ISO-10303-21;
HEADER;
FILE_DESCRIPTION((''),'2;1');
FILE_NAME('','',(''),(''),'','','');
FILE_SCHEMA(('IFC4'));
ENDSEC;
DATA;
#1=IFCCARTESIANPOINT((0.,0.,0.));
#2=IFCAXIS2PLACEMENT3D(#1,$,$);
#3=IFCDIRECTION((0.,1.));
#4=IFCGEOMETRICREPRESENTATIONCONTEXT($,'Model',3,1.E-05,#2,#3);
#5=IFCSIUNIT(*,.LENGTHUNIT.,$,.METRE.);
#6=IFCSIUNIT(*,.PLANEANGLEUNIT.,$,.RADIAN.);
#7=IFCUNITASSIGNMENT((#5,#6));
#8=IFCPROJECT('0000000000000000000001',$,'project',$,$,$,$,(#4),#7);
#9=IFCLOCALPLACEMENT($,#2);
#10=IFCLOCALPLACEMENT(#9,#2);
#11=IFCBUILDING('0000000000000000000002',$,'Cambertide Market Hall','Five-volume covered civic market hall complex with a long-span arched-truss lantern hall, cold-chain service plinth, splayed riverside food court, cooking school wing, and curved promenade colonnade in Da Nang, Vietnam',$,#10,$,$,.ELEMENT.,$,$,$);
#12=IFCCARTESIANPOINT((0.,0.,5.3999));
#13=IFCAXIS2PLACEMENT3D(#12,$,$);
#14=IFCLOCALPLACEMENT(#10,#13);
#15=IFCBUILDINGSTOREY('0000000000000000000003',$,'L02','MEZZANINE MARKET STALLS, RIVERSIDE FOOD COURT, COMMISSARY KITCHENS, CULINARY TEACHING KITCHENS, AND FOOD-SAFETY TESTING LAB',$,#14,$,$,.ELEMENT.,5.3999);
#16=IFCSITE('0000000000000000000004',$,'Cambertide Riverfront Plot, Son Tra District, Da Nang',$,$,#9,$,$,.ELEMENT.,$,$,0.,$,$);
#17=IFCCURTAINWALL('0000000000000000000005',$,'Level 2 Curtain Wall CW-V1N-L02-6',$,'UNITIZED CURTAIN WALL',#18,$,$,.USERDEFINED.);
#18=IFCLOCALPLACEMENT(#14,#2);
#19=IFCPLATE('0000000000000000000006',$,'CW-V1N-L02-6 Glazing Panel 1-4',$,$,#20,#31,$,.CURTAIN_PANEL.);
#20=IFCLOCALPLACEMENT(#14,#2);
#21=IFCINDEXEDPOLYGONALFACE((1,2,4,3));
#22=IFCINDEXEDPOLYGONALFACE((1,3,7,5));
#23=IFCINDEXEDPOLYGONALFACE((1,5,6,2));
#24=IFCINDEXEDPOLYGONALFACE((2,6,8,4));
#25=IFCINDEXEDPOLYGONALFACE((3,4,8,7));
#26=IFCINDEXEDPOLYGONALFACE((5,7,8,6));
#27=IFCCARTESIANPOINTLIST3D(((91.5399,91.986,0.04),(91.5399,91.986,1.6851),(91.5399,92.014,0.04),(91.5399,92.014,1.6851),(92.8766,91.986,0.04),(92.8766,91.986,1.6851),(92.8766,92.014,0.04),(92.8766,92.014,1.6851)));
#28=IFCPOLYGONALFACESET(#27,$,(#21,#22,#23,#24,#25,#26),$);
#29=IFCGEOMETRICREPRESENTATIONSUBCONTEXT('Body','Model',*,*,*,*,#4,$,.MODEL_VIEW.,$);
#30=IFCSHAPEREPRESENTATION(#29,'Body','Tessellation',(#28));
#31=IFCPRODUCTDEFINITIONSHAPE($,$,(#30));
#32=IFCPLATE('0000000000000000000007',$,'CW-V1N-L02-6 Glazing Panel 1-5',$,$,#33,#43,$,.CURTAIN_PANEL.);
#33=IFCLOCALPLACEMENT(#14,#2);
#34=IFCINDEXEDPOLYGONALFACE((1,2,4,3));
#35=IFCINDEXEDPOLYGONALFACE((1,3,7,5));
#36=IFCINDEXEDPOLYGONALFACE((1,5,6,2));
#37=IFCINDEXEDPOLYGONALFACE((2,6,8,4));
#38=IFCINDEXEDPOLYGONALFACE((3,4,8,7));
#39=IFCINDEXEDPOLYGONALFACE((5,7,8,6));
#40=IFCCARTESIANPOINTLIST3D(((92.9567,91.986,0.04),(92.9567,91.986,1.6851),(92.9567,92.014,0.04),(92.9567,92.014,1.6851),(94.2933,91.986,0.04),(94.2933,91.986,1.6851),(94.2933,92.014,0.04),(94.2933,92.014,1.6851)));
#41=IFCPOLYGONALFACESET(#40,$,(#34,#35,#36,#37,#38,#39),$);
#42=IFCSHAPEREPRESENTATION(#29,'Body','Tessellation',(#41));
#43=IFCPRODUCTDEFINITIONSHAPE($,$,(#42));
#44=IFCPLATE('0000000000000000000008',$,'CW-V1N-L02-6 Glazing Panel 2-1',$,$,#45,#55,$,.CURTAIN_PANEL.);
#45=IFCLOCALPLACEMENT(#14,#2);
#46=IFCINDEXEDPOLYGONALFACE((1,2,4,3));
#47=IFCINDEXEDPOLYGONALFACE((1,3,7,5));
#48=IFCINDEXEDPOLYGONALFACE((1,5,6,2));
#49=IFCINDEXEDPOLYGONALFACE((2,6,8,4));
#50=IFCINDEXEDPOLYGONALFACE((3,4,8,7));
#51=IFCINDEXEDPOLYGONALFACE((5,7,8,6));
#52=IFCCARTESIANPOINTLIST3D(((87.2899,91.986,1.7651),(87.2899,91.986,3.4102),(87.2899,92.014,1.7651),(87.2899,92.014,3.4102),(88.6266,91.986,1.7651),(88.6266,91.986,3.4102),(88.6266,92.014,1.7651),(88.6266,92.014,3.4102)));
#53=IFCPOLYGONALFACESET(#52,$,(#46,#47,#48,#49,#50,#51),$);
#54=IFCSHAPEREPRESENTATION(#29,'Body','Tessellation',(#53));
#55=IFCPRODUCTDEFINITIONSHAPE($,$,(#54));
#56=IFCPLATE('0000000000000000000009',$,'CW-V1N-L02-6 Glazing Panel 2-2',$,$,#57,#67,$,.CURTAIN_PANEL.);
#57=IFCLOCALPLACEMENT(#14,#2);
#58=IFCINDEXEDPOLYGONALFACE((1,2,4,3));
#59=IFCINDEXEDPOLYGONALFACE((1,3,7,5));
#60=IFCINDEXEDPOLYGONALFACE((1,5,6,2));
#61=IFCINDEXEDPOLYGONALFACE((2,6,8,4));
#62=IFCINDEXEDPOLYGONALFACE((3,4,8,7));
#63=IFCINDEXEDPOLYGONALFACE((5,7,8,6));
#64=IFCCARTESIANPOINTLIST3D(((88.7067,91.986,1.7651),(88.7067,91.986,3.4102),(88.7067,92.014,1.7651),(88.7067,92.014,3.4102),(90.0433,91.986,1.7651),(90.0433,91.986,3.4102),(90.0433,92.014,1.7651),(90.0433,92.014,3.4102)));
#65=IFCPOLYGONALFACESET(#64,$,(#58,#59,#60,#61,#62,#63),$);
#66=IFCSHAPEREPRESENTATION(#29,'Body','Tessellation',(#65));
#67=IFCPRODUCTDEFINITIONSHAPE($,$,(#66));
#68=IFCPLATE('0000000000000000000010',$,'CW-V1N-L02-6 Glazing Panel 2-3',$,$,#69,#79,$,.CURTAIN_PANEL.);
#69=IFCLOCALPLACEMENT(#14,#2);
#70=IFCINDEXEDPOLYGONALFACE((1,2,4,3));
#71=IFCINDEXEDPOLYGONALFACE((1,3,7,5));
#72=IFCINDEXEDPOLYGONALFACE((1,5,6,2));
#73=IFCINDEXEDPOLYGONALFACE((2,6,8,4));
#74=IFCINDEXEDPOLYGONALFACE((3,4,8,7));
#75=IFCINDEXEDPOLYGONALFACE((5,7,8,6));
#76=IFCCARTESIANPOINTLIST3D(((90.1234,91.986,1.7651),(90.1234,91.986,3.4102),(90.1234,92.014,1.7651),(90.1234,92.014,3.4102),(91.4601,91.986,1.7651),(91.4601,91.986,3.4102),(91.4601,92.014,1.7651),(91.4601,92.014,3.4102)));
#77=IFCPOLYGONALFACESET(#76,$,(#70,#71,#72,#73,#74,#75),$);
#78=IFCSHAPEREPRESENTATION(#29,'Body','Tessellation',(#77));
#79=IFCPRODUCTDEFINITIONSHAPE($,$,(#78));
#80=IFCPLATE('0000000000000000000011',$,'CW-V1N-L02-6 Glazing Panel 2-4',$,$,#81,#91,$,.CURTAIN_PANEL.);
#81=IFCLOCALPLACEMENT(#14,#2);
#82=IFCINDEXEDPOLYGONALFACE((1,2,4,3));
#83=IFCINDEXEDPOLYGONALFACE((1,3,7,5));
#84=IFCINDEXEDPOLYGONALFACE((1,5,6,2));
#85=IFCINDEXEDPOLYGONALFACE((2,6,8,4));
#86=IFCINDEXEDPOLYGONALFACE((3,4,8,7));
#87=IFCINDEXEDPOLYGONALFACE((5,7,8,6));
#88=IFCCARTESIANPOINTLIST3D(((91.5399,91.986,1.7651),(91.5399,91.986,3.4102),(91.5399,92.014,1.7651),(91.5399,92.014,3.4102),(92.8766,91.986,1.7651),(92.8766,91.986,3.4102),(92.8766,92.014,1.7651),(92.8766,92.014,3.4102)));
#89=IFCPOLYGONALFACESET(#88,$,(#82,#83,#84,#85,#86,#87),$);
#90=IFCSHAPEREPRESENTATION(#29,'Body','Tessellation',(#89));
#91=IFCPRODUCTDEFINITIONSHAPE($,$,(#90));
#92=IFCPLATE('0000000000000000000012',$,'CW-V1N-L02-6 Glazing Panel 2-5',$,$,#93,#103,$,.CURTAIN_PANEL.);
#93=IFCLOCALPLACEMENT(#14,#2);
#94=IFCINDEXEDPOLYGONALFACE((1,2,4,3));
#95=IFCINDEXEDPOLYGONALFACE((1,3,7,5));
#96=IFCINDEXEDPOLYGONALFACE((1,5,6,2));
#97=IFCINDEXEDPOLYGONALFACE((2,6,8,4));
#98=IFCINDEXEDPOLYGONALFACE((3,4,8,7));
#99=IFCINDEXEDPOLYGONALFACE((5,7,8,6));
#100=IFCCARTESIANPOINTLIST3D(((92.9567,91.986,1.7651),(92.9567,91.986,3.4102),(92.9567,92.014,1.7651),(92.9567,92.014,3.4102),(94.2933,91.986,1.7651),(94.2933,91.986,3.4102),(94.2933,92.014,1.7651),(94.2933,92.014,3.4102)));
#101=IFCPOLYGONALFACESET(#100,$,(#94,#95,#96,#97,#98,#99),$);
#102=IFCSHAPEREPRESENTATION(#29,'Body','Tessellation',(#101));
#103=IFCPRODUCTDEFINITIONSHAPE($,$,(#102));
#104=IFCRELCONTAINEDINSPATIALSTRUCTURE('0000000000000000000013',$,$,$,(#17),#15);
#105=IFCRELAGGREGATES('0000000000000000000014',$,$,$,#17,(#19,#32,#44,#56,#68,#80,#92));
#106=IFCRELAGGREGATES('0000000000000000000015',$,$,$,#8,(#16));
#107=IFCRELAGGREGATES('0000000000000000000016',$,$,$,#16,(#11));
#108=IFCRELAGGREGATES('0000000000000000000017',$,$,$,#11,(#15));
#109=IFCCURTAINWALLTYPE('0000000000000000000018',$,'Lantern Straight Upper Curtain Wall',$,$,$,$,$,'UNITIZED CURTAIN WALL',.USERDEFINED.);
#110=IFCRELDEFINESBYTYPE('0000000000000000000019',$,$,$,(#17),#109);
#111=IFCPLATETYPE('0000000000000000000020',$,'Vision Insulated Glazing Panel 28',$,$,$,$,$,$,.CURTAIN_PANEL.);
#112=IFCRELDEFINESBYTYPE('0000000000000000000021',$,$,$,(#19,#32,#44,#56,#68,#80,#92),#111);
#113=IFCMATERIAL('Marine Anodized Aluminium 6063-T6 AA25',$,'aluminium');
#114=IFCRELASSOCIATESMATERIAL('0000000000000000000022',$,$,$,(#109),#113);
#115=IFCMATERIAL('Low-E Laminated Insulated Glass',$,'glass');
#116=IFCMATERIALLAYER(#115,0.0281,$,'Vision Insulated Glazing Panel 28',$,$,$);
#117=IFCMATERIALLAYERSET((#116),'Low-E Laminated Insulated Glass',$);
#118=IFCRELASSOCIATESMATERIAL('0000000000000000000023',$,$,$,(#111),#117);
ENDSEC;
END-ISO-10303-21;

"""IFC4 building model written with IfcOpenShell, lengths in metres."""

from ifc_helpers import new_model, si_unit, direction, frame, origin, origin_2d, place, context, subcontext, project, spatial, rectangle, extrude, material, layer, layer_set, type_object, element, aggregate, save


model = new_model("IFC4")

# Units and contexts
model_context = context("Model", 3, precision=1e-05, world=origin(), true_north=direction((0.0, 1.0)))
body_context = subcontext(model_context, "Body", "Model", "MODEL_VIEW")
ifc_project = project(units=[si_unit("LENGTHUNIT", "METRE"), si_unit("PLANEANGLEUNIT", "RADIAN")], contexts=[model_context])

# Site, building, storey
site_placement = place(None, origin())
site = spatial("IfcSite", under=ifc_project, at=site_placement, Name="Cambertide Riverfront Plot, Son Tra District, Da Nang", CompositionType="ELEMENT", RefElevation=0.0)
building_placement = place(site_placement, origin())
building = spatial("IfcBuilding", under=site, at=building_placement, Name="Cambertide Market Hall", Description="Five-volume covered civic market hall complex with a long-span arched-truss lantern hall, cold-chain service plinth, splayed riverside food court, cooking school wing, and curved promenade colonnade in Da Nang, Vietnam", CompositionType="ELEMENT")
storey_placement = place(building_placement, frame((0.0, 0.0, 5.3999)))
storey = spatial("IfcBuildingStorey", under=building, at=storey_placement, Name="L02", Description="MEZZANINE MARKET STALLS, RIVERSIDE FOOD COURT, COMMISSARY KITCHENS, CULINARY TEACHING KITCHENS, AND FOOD-SAFETY TESTING LAB", CompositionType="ELEMENT", Elevation=5.3999)

# Curtain wall, plates
ifc_material_1 = material(Name="Marine Anodized Aluminium 6063-T6 AA25", Category="aluminium")
curtain_wall_type = type_object("IfcCurtainWallType", Name="Lantern Straight Upper Curtain Wall", ElementType="UNITIZED CURTAIN WALL", PredefinedType="USERDEFINED", material=ifc_material_1)
curtain_wall_placement = place(storey_placement, origin())
curtain_wall = element("IfcCurtainWall", 1, at=curtain_wall_placement, inside=storey, type_object=curtain_wall_type, Name="Level 2 Curtain Wall CW-V1N-L02-6", ObjectType="UNITIZED CURTAIN WALL", PredefinedType="USERDEFINED")
ifc_material_2 = material(Name="Low-E Laminated Insulated Glass", Category="glass")
ifc_layer = layer(ifc_material_2, 0.0281, Name="Vision Insulated Glazing Panel 28")
ifc_layer_set = layer_set([ifc_layer], Name="Low-E Laminated Insulated Glass")
plate_type = type_object("IfcPlateType", Name="Vision Insulated Glazing Panel 28", PredefinedType="CURTAIN_PANEL", material=ifc_layer_set)
plate_1_placement = place(storey_placement, frame((92.2083, 92.0, 0.04), z_axis=(0.0, 0.0, 1.0), x_axis=(1.0, 0.0, 0.0)))
plate_1 = element("IfcPlate", 2, at=plate_1_placement, type_object=plate_type, Name="CW-V1N-L02-6 Glazing Panel 1-4", PredefinedType="CURTAIN_PANEL", context=body_context, shape_type="SweptSolid", body=[
    extrude(rectangle(XDim=1.3367, YDim=0.0281, at=origin_2d()), origin(), (0.0, 0.0, 1.0), 1.645),
])
plate_2_placement = place(storey_placement, frame((93.625, 92.0, 0.04), z_axis=(0.0, 0.0, 1.0), x_axis=(1.0, 0.0, 0.0)))
plate_2 = element("IfcPlate", 3, at=plate_2_placement, type_object=plate_type, Name="CW-V1N-L02-6 Glazing Panel 1-5", PredefinedType="CURTAIN_PANEL", context=body_context, shape_type="SweptSolid", body=[
    extrude(rectangle(XDim=1.3367, YDim=0.0281, at=origin_2d()), origin(), (0.0, 0.0, 1.0), 1.645),
])
plate_3_placement = place(storey_placement, frame((87.9583, 92.0, 1.7651), z_axis=(0.0, 0.0, 1.0), x_axis=(1.0, 0.0, 0.0)))
plate_3 = element("IfcPlate", 4, at=plate_3_placement, type_object=plate_type, Name="CW-V1N-L02-6 Glazing Panel 2-1", PredefinedType="CURTAIN_PANEL", context=body_context, shape_type="SweptSolid", body=[
    extrude(rectangle(XDim=1.3367, YDim=0.0281, at=origin_2d()), origin(), (0.0, 0.0, 1.0), 1.645),
])
plate_4_placement = place(storey_placement, frame((89.375, 92.0, 1.7651), z_axis=(0.0, 0.0, 1.0), x_axis=(1.0, 0.0, 0.0)))
plate_4 = element("IfcPlate", 5, at=plate_4_placement, type_object=plate_type, Name="CW-V1N-L02-6 Glazing Panel 2-2", PredefinedType="CURTAIN_PANEL", context=body_context, shape_type="SweptSolid", body=[
    extrude(rectangle(XDim=1.3367, YDim=0.0281, at=origin_2d()), origin(), (0.0, 0.0, 1.0), 1.645),
])
plate_5_placement = place(storey_placement, frame((90.7917, 92.0, 1.7651), z_axis=(0.0, 0.0, 1.0), x_axis=(1.0, 0.0, 0.0)))
plate_5 = element("IfcPlate", 6, at=plate_5_placement, type_object=plate_type, Name="CW-V1N-L02-6 Glazing Panel 2-3", PredefinedType="CURTAIN_PANEL", context=body_context, shape_type="SweptSolid", body=[
    extrude(rectangle(XDim=1.3367, YDim=0.0281, at=origin_2d()), origin(), (0.0, 0.0, 1.0), 1.645),
])
plate_6_placement = place(storey_placement, frame((92.2083, 92.0, 1.7651), z_axis=(0.0, 0.0, 1.0), x_axis=(1.0, 0.0, 0.0)))
plate_6 = element("IfcPlate", 7, at=plate_6_placement, type_object=plate_type, Name="CW-V1N-L02-6 Glazing Panel 2-4", PredefinedType="CURTAIN_PANEL", context=body_context, shape_type="SweptSolid", body=[
    extrude(rectangle(XDim=1.3367, YDim=0.0281, at=origin_2d()), origin(), (0.0, 0.0, 1.0), 1.645),
])
plate_7_placement = place(storey_placement, frame((93.625, 92.0, 1.7651), z_axis=(0.0, 0.0, 1.0), x_axis=(1.0, 0.0, 0.0)))
plate_7 = element("IfcPlate", 8, at=plate_7_placement, type_object=plate_type, Name="CW-V1N-L02-6 Glazing Panel 2-5", PredefinedType="CURTAIN_PANEL", context=body_context, shape_type="SweptSolid", body=[
    extrude(rectangle(XDim=1.3367, YDim=0.0281, at=origin_2d()), origin(), (0.0, 0.0, 1.0), 1.645),
])
aggregate(curtain_wall, [plate_1, plate_2, plate_3, plate_4, plate_5, plate_6, plate_7])

save(model, "model.ifc")
